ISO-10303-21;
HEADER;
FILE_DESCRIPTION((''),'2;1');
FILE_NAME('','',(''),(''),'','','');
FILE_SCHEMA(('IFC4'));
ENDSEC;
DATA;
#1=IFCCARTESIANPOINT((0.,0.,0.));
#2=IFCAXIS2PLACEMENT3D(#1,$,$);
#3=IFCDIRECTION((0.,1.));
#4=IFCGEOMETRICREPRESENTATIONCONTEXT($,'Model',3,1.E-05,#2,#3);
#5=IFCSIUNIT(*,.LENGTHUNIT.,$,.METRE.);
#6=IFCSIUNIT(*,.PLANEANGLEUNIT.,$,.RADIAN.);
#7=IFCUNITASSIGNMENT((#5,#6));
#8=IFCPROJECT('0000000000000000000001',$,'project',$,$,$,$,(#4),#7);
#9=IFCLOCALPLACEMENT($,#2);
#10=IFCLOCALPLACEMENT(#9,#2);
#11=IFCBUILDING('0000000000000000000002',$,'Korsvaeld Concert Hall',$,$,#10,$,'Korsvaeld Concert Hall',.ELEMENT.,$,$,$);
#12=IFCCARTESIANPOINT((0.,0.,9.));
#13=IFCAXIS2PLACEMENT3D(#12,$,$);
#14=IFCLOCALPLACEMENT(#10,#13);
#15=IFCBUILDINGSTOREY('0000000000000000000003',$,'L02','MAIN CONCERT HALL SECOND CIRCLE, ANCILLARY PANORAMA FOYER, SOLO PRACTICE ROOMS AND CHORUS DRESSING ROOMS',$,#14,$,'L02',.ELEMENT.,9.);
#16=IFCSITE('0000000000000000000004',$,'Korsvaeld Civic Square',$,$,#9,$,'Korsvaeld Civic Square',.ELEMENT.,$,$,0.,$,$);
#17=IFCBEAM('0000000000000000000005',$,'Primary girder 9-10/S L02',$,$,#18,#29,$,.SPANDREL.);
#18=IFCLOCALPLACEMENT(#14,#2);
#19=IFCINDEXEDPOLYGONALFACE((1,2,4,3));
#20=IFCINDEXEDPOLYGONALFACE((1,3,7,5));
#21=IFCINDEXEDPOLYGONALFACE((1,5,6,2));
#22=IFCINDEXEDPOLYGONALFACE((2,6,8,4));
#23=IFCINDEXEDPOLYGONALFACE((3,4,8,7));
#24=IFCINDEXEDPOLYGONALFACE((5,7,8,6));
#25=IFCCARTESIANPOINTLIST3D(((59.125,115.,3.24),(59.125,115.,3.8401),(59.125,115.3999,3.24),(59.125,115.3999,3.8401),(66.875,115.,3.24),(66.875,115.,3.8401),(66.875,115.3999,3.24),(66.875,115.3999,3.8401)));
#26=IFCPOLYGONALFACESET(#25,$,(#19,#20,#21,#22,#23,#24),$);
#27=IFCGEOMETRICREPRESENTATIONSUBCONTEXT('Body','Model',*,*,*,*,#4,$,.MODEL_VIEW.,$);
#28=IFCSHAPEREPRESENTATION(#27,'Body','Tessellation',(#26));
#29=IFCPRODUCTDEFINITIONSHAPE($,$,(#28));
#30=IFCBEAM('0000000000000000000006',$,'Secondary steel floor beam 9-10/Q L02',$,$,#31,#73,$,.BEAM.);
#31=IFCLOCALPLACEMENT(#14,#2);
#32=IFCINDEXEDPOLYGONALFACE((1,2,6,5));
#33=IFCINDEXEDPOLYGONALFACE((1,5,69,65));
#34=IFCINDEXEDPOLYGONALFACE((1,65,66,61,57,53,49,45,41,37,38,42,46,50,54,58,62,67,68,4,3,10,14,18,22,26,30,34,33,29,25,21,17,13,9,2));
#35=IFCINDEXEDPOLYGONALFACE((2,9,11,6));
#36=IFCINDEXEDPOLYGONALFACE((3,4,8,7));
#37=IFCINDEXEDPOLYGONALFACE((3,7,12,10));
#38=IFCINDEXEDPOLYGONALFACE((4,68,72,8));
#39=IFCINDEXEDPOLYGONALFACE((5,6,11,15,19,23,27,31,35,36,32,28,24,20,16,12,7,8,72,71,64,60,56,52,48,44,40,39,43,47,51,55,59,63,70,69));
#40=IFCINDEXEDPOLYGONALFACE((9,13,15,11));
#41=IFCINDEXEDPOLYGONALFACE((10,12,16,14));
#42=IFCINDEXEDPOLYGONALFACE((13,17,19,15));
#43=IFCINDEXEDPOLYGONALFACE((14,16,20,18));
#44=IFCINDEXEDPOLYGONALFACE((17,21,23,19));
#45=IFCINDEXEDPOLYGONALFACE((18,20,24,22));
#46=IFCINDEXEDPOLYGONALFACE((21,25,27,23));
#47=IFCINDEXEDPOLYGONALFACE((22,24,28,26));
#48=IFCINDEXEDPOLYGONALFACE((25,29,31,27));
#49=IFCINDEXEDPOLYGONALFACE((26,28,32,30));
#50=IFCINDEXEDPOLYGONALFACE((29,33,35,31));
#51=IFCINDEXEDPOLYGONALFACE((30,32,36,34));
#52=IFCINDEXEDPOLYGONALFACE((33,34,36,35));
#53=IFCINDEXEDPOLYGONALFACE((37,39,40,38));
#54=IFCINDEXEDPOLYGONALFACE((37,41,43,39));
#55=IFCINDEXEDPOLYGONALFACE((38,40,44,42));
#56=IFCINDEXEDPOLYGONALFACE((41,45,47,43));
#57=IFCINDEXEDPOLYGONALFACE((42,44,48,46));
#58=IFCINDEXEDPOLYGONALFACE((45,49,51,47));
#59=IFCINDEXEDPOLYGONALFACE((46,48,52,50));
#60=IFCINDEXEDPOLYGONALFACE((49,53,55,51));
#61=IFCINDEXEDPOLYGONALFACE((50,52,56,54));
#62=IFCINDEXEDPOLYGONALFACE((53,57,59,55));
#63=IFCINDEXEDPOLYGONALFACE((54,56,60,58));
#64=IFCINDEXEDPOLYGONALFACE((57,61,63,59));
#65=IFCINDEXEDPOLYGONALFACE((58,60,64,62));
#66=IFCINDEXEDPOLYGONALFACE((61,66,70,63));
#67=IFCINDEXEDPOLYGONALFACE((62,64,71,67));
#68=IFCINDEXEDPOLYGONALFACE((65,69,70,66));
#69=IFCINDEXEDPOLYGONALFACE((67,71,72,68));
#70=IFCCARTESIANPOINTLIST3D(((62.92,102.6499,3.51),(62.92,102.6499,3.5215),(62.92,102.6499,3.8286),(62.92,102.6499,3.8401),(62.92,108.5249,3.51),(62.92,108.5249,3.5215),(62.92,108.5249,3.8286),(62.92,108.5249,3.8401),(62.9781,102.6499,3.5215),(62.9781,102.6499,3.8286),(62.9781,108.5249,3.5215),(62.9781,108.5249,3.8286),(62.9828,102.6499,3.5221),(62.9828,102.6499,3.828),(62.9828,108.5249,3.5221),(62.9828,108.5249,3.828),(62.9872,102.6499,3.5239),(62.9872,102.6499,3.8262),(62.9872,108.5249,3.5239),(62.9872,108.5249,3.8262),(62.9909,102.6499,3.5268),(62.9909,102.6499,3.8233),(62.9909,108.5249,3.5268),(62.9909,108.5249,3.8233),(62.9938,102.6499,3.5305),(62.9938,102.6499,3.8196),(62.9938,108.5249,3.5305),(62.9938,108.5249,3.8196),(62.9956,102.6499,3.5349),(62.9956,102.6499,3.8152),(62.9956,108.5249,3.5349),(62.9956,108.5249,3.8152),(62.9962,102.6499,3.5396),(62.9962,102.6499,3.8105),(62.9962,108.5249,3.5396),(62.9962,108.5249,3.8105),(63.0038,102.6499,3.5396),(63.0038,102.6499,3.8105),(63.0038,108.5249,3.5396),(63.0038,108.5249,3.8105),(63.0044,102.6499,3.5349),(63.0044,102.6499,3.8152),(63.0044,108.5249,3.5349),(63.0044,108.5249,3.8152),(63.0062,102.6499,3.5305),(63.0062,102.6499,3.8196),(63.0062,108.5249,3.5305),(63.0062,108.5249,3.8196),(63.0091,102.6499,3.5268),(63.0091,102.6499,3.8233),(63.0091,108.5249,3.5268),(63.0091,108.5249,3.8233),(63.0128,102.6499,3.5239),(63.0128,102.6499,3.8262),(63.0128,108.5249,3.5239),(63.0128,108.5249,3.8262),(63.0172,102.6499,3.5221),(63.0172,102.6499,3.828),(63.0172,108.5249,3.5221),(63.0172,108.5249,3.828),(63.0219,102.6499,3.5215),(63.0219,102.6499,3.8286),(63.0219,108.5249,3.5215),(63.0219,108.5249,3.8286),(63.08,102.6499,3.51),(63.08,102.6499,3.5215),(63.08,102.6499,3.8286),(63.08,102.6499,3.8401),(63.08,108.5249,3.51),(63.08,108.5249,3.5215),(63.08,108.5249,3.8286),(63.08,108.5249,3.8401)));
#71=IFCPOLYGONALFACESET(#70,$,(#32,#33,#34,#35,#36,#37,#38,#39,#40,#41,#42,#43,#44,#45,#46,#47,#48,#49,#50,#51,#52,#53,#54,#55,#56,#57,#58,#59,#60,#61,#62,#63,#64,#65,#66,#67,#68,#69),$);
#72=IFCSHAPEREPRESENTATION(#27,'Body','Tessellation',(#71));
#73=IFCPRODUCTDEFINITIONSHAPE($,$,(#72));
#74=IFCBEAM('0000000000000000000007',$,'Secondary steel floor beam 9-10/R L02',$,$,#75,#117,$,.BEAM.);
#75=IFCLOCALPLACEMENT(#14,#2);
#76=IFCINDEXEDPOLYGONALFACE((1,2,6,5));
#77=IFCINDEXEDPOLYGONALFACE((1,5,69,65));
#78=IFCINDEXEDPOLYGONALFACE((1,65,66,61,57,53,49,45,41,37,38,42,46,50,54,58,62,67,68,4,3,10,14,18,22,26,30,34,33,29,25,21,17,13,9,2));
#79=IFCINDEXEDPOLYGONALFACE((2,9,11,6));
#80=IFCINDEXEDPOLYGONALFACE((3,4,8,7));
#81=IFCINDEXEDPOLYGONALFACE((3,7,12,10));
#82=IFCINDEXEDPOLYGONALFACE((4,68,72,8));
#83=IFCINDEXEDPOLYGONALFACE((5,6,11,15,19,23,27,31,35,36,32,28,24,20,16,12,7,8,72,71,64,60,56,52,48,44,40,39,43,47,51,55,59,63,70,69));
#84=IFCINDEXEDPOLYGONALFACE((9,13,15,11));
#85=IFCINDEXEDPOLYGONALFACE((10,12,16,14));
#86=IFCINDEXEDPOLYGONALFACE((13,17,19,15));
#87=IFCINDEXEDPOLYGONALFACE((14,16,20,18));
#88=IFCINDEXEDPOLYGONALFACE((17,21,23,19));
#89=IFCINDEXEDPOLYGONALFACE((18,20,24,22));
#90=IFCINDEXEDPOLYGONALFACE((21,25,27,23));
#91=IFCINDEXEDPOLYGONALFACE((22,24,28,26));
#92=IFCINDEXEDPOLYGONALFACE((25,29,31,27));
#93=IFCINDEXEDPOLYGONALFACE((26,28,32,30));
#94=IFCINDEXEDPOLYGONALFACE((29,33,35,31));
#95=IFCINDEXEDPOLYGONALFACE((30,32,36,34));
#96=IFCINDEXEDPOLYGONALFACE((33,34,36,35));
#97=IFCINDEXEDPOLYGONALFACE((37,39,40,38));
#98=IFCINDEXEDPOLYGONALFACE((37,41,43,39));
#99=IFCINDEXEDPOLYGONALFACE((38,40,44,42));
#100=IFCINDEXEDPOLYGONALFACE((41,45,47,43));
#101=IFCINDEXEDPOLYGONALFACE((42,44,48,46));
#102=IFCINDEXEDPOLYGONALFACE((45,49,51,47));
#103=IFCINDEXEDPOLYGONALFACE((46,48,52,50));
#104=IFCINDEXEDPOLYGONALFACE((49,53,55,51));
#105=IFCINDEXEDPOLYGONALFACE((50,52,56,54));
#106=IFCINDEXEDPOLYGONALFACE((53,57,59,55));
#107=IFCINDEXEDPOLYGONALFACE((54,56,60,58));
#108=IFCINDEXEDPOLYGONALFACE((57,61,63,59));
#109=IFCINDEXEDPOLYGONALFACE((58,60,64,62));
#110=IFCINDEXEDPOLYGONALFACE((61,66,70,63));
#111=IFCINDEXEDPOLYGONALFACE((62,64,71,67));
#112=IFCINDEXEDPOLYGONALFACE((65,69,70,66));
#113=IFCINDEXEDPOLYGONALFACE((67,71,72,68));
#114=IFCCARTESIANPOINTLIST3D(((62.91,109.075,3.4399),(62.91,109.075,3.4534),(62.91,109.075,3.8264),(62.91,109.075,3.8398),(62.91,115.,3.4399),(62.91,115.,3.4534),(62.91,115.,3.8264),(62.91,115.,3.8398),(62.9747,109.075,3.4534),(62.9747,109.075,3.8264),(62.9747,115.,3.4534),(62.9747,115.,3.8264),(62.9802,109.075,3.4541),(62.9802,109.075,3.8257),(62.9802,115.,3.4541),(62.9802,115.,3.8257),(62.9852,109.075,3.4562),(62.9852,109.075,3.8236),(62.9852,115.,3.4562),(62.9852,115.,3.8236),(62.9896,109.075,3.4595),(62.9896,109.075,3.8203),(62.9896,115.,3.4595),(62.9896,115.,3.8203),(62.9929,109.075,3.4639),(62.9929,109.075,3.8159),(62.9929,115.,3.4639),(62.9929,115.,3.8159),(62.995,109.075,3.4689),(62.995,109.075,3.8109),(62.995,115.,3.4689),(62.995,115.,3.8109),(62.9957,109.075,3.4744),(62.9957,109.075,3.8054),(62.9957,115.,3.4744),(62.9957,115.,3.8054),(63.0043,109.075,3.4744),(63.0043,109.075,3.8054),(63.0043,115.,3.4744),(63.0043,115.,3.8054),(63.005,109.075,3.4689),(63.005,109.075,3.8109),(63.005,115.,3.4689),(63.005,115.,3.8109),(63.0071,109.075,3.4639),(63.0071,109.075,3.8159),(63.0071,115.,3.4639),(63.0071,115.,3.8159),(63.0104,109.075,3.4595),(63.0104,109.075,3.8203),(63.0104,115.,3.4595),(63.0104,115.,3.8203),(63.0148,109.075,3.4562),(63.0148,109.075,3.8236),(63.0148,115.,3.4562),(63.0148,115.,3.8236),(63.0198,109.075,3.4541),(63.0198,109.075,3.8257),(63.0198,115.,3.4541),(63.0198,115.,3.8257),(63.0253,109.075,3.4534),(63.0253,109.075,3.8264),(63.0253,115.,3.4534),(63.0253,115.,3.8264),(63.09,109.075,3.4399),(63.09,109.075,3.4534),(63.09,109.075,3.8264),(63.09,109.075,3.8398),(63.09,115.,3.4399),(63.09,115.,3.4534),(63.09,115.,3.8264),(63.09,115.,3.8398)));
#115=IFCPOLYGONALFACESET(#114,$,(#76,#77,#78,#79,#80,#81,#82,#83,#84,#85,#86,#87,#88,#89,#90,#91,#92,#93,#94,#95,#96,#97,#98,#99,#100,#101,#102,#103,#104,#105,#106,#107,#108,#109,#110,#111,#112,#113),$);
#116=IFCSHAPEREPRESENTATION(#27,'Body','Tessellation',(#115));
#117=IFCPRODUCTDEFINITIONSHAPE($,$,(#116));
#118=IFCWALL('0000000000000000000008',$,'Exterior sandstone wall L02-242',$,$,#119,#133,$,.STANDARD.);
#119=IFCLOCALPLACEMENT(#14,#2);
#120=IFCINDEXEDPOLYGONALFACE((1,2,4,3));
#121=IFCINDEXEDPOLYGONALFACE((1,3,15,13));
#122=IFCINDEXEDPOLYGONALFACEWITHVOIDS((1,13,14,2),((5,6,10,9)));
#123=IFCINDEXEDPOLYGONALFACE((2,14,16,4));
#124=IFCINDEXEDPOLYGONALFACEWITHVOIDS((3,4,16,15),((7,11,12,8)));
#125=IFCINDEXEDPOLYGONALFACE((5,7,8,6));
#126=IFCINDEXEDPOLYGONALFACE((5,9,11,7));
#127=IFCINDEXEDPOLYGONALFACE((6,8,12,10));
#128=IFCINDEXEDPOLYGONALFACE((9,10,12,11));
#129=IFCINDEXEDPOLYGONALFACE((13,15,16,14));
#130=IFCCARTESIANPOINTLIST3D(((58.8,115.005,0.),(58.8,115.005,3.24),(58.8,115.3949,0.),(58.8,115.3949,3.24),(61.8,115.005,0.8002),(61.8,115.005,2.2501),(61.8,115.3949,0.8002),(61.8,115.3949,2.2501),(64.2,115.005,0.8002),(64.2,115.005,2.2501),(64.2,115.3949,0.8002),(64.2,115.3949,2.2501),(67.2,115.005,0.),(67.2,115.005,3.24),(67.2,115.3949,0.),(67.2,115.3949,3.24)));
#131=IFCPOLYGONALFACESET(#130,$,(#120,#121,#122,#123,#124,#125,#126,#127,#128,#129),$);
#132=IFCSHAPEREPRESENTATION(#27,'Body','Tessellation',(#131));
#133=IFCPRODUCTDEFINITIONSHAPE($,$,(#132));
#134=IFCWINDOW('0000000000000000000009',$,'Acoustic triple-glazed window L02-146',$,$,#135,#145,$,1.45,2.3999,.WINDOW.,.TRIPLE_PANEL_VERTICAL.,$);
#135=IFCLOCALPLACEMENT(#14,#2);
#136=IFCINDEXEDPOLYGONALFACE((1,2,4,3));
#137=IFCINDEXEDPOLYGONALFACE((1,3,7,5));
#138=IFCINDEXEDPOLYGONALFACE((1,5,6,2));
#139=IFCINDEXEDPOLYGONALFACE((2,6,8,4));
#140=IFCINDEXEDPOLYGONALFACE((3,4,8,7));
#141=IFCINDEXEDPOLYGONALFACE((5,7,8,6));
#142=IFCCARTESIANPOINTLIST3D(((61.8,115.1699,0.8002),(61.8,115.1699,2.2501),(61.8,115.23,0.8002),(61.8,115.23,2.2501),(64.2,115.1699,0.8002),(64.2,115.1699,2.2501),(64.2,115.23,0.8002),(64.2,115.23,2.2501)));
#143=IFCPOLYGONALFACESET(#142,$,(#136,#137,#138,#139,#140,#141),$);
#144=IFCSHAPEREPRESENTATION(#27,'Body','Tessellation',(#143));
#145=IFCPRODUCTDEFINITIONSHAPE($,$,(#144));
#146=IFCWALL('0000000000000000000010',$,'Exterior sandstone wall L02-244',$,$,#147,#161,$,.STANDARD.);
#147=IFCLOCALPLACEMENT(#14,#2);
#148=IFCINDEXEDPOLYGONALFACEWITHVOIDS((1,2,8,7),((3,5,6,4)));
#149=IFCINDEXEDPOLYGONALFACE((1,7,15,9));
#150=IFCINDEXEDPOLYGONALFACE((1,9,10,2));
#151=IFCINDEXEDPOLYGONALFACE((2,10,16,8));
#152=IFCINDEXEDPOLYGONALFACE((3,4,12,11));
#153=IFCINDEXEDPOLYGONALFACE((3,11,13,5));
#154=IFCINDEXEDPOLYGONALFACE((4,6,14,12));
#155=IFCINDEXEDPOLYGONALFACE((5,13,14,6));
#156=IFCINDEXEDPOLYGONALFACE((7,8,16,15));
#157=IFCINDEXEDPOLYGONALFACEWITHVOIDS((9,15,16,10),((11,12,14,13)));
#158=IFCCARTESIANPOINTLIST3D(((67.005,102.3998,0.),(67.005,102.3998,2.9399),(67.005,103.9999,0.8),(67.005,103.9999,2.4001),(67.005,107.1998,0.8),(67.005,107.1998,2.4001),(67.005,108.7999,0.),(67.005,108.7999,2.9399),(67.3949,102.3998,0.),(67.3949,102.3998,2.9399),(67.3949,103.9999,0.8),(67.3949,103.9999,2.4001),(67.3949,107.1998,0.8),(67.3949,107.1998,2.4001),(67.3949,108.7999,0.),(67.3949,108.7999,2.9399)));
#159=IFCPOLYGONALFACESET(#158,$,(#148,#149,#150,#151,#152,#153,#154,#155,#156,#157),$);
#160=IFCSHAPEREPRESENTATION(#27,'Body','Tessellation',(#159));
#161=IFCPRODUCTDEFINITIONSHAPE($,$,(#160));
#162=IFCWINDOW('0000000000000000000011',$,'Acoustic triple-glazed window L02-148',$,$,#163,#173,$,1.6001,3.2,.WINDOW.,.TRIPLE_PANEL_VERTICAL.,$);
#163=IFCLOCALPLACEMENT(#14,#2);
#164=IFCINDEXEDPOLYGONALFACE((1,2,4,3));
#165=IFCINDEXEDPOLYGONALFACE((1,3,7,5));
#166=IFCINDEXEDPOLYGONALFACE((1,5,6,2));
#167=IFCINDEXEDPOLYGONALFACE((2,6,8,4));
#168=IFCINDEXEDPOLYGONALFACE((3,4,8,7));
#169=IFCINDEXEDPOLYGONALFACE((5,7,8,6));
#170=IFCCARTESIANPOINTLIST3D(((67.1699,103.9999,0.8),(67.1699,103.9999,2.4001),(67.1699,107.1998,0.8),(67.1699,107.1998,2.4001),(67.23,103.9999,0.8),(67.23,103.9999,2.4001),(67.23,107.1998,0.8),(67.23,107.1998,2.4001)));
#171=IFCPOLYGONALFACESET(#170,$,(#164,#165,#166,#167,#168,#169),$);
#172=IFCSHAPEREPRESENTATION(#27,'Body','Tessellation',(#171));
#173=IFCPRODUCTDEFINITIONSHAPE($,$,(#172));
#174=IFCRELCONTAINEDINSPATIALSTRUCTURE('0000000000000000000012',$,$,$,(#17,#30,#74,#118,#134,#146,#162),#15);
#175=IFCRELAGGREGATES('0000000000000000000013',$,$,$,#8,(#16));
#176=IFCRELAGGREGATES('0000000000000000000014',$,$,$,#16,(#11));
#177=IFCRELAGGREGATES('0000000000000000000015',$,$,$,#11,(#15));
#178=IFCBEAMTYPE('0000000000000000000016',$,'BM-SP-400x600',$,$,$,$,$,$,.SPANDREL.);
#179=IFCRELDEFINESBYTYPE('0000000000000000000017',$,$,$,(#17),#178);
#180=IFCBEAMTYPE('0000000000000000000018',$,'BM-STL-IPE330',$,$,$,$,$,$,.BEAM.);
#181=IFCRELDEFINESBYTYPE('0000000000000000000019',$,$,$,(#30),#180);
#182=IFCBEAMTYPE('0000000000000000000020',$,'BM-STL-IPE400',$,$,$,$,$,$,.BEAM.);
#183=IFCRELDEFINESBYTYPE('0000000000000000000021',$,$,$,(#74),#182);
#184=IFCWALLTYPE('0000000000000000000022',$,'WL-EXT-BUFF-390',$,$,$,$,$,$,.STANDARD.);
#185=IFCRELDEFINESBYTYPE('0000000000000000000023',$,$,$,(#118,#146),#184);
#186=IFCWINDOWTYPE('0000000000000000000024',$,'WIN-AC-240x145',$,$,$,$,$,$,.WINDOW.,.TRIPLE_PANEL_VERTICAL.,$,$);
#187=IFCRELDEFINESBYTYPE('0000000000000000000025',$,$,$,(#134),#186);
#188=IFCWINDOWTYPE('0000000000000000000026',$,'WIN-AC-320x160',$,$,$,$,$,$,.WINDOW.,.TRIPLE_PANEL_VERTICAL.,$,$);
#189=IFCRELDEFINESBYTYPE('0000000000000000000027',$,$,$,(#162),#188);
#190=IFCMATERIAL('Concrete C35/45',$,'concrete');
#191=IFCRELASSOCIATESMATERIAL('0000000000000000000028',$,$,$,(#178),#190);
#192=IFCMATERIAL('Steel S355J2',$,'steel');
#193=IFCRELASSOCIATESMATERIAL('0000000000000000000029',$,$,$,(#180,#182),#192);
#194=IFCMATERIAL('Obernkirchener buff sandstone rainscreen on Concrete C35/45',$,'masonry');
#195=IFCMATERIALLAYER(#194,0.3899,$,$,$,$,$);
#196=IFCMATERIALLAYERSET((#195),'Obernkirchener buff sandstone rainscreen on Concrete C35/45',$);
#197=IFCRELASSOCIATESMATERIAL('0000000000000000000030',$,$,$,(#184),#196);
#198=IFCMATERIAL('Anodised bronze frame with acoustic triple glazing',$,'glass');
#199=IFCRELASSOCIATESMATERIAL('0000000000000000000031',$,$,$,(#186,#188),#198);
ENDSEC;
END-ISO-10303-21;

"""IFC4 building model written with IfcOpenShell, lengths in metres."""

from ifc_helpers import new_model, si_unit, direction, frame, frame_2d, origin, origin_2d, place, context, subcontext, project, spatial, rectangle, i_section, extrude, material, layer, layer_set, material_profile, profile_set, type_object, element, fill, save


model = new_model("IFC4")

# Units and contexts
model_context = context("Model", 3, precision=1e-05, world=origin(), true_north=direction((0.0, 1.0)))
body_context = subcontext(model_context, "Body", "Model", "MODEL_VIEW")
ifc_project = project(units=[si_unit("LENGTHUNIT", "METRE"), si_unit("PLANEANGLEUNIT", "RADIAN")], contexts=[model_context])

# Site, building, storey
site_placement = place(None, origin())
site = spatial("IfcSite", under=ifc_project, at=site_placement, Name="Korsvaeld Civic Square", LongName="Korsvaeld Civic Square", CompositionType="ELEMENT", RefElevation=0.0)
building_placement = place(site_placement, origin())
building = spatial("IfcBuilding", under=site, at=building_placement, Name="Korsvaeld Concert Hall", LongName="Korsvaeld Concert Hall", CompositionType="ELEMENT")
storey_placement = place(building_placement, frame((0.0, 0.0, 9.0)))
storey = spatial("IfcBuildingStorey", under=building, at=storey_placement, Name="L02", Description="MAIN CONCERT HALL SECOND CIRCLE, ANCILLARY PANORAMA FOYER, SOLO PRACTICE ROOMS AND CHORUS DRESSING ROOMS", LongName="L02", CompositionType="ELEMENT", Elevation=9.0)

# Beams
ifc_material_1 = material(Name="Concrete C35/45", Category="concrete")
ifc_material_profile_1 = material_profile(ifc_material_1, rectangle(XDim=0.3999, YDim=0.6001, at=origin_2d()), Name="RC 400x600")
ifc_profile_set_1 = profile_set([ifc_material_profile_1], Name="Concrete C35/45")
beam_type_1 = type_object("IfcBeamType", Name="BM-SP-400x600", PredefinedType="SPANDREL", material=ifc_profile_set_1)
beam_1_placement = place(storey_placement, frame((59.125, 115.2, 3.54), z_axis=(1.0, 0.0, 0.0), x_axis=(0.0, 1.0, 0.0)))
element("IfcBeam", 1, at=beam_1_placement, inside=storey, type_object=beam_type_1, Name="Primary girder 9-10/S L02", PredefinedType="SPANDREL", context=body_context, shape_type="SweptSolid", body=[
    extrude(rectangle(XDim=0.3999, YDim=0.6001, at=origin_2d()), origin(), (0.0, 0.0, 1.0), 7.75),
])
ifc_material_2 = material(Name="Steel S355J2", Category="steel")
ifc_material_profile_2 = material_profile(ifc_material_2, i_section(OverallWidth=0.1599, OverallDepth=0.3301, WebThickness=0.0076, FlangeThickness=0.0115, FilletRadius=0.0181, at=origin_2d()), Name="IPE 330")
ifc_profile_set_2 = profile_set([ifc_material_profile_2], Name="Steel S355J2")
beam_type_2 = type_object("IfcBeamType", Name="BM-STL-IPE330", PredefinedType="BEAM", material=ifc_profile_set_2)
beam_2_placement = place(storey_placement, frame((63.0, 102.6499, 3.675), z_axis=(0.0, 1.0, 0.0), x_axis=(-1.0, 0.0, 0.0)))
element("IfcBeam", 2, at=beam_2_placement, inside=storey, type_object=beam_type_2, Name="Secondary steel floor beam 9-10/Q L02", PredefinedType="BEAM", context=body_context, shape_type="SweptSolid", body=[
    extrude(i_section(OverallWidth=0.1599, OverallDepth=0.3301, WebThickness=0.0076, FlangeThickness=0.0115, FilletRadius=0.0181, at=origin_2d()), origin(), (0.0, 0.0, 1.0), 5.875),
])
ifc_material_profile_3 = material_profile(ifc_material_2, i_section(OverallWidth=0.1799, OverallDepth=0.3999, WebThickness=0.0085, FlangeThickness=0.0134, FilletRadius=0.021, at=origin_2d()), Name="IPE 400")
ifc_profile_set_3 = profile_set([ifc_material_profile_3], Name="Steel S355J2")
beam_type_3 = type_object("IfcBeamType", Name="BM-STL-IPE400", PredefinedType="BEAM", material=ifc_profile_set_3)
beam_3_placement = place(storey_placement, frame((63.0, 109.075, 3.6399), z_axis=(0.0, 1.0, 0.0), x_axis=(-1.0, 0.0, 0.0)))
element("IfcBeam", 3, at=beam_3_placement, inside=storey, type_object=beam_type_3, Name="Secondary steel floor beam 9-10/R L02", PredefinedType="BEAM", context=body_context, shape_type="SweptSolid", body=[
    extrude(i_section(OverallWidth=0.1799, OverallDepth=0.3999, WebThickness=0.0085, FlangeThickness=0.0134, FilletRadius=0.021, at=origin_2d()), origin(), (0.0, 0.0, 1.0), 5.925),
])

# Walls, openings, windows
ifc_material_3 = material(Name="Obernkirchener buff sandstone rainscreen on Concrete C35/45", Category="masonry")
ifc_layer_1 = layer(ifc_material_3, 0.3899)
ifc_layer_set_1 = layer_set([ifc_layer_1], Name="Obernkirchener buff sandstone rainscreen on Concrete C35/45")
wall_type_1 = type_object("IfcWallType", Name="WL-EXT-BUFF-390", PredefinedType="STANDARD", material=ifc_layer_set_1)
wall_1_placement = place(storey_placement, frame((58.8, 115.2, 0.0), z_axis=(0.0, 0.0, 1.0), x_axis=(1.0, 0.0, 0.0)))
wall_1 = element("IfcWall", 4, at=wall_1_placement, inside=storey, type_object=wall_type_1, Name="Exterior sandstone wall L02-242", PredefinedType="STANDARD", context=body_context, shape_type="SweptSolid", body=[
    extrude(rectangle(XDim=8.3999, YDim=0.3899, at=frame_2d((4.2, 0.0))), origin(), (0.0, 0.0, 1.0), 3.24),
])
opening_1_placement = place(wall_1_placement, frame((3.0, 0.0, 0.8)))
opening_1 = element("IfcOpeningElement", 5, at=opening_1_placement, cuts=wall_1, PredefinedType="OPENING", context=body_context, shape_type="SweptSolid", body=[
    extrude(rectangle(XDim=2.3999, YDim=1.45, at=frame_2d((1.2, 0.7251))), frame((0.0, 0.2051, 0.0), z_axis=(0.0, -1.0, 0.0), x_axis=(1.0, 0.0, 0.0)), (0.0, 0.0, 1.0), 0.4099),
])
ifc_material_4 = material(Name="Anodised bronze frame with acoustic triple glazing", Category="glass")
window_type_1 = type_object("IfcWindowType", Name="WIN-AC-240x145", PartitioningType="TRIPLE_PANEL_VERTICAL", PredefinedType="WINDOW", material=ifc_material_4)
window_1_placement = place(opening_1_placement, origin())
window_1 = element("IfcWindow", 6, at=window_1_placement, inside=storey, type_object=window_type_1, Name="Acoustic triple-glazed window L02-146", OverallHeight=1.45, OverallWidth=2.3999, PartitioningType="TRIPLE_PANEL_VERTICAL", PredefinedType="WINDOW", context=body_context, shape_type="SweptSolid", body=[
    extrude(rectangle(XDim=2.3999, YDim=1.45, at=frame_2d((1.2, 0.7251))), frame((0.0, 0.03, 0.0), z_axis=(0.0, -1.0, 0.0), x_axis=(1.0, 0.0, 0.0)), (0.0, 0.0, 1.0), 0.0601),
])
fill(opening_1, window_1)
wall_2_placement = place(storey_placement, frame((67.2, 108.8, 0.0), z_axis=(0.0, 0.0, 1.0), x_axis=(0.0, -1.0, 0.0)))
wall_2 = element("IfcWall", 7, at=wall_2_placement, inside=storey, type_object=wall_type_1, Name="Exterior sandstone wall L02-244", PredefinedType="STANDARD", context=body_context, shape_type="SweptSolid", body=[
    extrude(rectangle(XDim=6.4001, YDim=0.3899, at=frame_2d((3.2002, 0.0))), origin(), (0.0, 0.0, 1.0), 2.9399),
])
opening_2_placement = place(wall_2_placement, frame((1.6001, 0.0, 0.8)))
opening_2 = element("IfcOpeningElement", 8, at=opening_2_placement, cuts=wall_2, PredefinedType="OPENING", context=body_context, shape_type="SweptSolid", body=[
    extrude(rectangle(XDim=3.2, YDim=1.6001, at=frame_2d((1.6001, 0.8))), frame((0.0, 0.2051, 0.0), z_axis=(0.0, -1.0, 0.0), x_axis=(1.0, 0.0, 0.0)), (0.0, 0.0, 1.0), 0.4099),
])
window_type_2 = type_object("IfcWindowType", Name="WIN-AC-320x160", PartitioningType="TRIPLE_PANEL_VERTICAL", PredefinedType="WINDOW", material=ifc_material_4)
window_2_placement = place(opening_2_placement, origin())
window_2 = element("IfcWindow", 9, at=window_2_placement, inside=storey, type_object=window_type_2, Name="Acoustic triple-glazed window L02-148", OverallHeight=1.6001, OverallWidth=3.2, PartitioningType="TRIPLE_PANEL_VERTICAL", PredefinedType="WINDOW", context=body_context, shape_type="SweptSolid", body=[
    extrude(rectangle(XDim=3.2, YDim=1.6001, at=frame_2d((1.6001, 0.8))), frame((0.0, 0.03, 0.0), z_axis=(0.0, -1.0, 0.0), x_axis=(1.0, 0.0, 0.0)), (0.0, 0.0, 1.0), 0.0601),
])
fill(opening_2, window_2)

save(model, "model.ifc")
